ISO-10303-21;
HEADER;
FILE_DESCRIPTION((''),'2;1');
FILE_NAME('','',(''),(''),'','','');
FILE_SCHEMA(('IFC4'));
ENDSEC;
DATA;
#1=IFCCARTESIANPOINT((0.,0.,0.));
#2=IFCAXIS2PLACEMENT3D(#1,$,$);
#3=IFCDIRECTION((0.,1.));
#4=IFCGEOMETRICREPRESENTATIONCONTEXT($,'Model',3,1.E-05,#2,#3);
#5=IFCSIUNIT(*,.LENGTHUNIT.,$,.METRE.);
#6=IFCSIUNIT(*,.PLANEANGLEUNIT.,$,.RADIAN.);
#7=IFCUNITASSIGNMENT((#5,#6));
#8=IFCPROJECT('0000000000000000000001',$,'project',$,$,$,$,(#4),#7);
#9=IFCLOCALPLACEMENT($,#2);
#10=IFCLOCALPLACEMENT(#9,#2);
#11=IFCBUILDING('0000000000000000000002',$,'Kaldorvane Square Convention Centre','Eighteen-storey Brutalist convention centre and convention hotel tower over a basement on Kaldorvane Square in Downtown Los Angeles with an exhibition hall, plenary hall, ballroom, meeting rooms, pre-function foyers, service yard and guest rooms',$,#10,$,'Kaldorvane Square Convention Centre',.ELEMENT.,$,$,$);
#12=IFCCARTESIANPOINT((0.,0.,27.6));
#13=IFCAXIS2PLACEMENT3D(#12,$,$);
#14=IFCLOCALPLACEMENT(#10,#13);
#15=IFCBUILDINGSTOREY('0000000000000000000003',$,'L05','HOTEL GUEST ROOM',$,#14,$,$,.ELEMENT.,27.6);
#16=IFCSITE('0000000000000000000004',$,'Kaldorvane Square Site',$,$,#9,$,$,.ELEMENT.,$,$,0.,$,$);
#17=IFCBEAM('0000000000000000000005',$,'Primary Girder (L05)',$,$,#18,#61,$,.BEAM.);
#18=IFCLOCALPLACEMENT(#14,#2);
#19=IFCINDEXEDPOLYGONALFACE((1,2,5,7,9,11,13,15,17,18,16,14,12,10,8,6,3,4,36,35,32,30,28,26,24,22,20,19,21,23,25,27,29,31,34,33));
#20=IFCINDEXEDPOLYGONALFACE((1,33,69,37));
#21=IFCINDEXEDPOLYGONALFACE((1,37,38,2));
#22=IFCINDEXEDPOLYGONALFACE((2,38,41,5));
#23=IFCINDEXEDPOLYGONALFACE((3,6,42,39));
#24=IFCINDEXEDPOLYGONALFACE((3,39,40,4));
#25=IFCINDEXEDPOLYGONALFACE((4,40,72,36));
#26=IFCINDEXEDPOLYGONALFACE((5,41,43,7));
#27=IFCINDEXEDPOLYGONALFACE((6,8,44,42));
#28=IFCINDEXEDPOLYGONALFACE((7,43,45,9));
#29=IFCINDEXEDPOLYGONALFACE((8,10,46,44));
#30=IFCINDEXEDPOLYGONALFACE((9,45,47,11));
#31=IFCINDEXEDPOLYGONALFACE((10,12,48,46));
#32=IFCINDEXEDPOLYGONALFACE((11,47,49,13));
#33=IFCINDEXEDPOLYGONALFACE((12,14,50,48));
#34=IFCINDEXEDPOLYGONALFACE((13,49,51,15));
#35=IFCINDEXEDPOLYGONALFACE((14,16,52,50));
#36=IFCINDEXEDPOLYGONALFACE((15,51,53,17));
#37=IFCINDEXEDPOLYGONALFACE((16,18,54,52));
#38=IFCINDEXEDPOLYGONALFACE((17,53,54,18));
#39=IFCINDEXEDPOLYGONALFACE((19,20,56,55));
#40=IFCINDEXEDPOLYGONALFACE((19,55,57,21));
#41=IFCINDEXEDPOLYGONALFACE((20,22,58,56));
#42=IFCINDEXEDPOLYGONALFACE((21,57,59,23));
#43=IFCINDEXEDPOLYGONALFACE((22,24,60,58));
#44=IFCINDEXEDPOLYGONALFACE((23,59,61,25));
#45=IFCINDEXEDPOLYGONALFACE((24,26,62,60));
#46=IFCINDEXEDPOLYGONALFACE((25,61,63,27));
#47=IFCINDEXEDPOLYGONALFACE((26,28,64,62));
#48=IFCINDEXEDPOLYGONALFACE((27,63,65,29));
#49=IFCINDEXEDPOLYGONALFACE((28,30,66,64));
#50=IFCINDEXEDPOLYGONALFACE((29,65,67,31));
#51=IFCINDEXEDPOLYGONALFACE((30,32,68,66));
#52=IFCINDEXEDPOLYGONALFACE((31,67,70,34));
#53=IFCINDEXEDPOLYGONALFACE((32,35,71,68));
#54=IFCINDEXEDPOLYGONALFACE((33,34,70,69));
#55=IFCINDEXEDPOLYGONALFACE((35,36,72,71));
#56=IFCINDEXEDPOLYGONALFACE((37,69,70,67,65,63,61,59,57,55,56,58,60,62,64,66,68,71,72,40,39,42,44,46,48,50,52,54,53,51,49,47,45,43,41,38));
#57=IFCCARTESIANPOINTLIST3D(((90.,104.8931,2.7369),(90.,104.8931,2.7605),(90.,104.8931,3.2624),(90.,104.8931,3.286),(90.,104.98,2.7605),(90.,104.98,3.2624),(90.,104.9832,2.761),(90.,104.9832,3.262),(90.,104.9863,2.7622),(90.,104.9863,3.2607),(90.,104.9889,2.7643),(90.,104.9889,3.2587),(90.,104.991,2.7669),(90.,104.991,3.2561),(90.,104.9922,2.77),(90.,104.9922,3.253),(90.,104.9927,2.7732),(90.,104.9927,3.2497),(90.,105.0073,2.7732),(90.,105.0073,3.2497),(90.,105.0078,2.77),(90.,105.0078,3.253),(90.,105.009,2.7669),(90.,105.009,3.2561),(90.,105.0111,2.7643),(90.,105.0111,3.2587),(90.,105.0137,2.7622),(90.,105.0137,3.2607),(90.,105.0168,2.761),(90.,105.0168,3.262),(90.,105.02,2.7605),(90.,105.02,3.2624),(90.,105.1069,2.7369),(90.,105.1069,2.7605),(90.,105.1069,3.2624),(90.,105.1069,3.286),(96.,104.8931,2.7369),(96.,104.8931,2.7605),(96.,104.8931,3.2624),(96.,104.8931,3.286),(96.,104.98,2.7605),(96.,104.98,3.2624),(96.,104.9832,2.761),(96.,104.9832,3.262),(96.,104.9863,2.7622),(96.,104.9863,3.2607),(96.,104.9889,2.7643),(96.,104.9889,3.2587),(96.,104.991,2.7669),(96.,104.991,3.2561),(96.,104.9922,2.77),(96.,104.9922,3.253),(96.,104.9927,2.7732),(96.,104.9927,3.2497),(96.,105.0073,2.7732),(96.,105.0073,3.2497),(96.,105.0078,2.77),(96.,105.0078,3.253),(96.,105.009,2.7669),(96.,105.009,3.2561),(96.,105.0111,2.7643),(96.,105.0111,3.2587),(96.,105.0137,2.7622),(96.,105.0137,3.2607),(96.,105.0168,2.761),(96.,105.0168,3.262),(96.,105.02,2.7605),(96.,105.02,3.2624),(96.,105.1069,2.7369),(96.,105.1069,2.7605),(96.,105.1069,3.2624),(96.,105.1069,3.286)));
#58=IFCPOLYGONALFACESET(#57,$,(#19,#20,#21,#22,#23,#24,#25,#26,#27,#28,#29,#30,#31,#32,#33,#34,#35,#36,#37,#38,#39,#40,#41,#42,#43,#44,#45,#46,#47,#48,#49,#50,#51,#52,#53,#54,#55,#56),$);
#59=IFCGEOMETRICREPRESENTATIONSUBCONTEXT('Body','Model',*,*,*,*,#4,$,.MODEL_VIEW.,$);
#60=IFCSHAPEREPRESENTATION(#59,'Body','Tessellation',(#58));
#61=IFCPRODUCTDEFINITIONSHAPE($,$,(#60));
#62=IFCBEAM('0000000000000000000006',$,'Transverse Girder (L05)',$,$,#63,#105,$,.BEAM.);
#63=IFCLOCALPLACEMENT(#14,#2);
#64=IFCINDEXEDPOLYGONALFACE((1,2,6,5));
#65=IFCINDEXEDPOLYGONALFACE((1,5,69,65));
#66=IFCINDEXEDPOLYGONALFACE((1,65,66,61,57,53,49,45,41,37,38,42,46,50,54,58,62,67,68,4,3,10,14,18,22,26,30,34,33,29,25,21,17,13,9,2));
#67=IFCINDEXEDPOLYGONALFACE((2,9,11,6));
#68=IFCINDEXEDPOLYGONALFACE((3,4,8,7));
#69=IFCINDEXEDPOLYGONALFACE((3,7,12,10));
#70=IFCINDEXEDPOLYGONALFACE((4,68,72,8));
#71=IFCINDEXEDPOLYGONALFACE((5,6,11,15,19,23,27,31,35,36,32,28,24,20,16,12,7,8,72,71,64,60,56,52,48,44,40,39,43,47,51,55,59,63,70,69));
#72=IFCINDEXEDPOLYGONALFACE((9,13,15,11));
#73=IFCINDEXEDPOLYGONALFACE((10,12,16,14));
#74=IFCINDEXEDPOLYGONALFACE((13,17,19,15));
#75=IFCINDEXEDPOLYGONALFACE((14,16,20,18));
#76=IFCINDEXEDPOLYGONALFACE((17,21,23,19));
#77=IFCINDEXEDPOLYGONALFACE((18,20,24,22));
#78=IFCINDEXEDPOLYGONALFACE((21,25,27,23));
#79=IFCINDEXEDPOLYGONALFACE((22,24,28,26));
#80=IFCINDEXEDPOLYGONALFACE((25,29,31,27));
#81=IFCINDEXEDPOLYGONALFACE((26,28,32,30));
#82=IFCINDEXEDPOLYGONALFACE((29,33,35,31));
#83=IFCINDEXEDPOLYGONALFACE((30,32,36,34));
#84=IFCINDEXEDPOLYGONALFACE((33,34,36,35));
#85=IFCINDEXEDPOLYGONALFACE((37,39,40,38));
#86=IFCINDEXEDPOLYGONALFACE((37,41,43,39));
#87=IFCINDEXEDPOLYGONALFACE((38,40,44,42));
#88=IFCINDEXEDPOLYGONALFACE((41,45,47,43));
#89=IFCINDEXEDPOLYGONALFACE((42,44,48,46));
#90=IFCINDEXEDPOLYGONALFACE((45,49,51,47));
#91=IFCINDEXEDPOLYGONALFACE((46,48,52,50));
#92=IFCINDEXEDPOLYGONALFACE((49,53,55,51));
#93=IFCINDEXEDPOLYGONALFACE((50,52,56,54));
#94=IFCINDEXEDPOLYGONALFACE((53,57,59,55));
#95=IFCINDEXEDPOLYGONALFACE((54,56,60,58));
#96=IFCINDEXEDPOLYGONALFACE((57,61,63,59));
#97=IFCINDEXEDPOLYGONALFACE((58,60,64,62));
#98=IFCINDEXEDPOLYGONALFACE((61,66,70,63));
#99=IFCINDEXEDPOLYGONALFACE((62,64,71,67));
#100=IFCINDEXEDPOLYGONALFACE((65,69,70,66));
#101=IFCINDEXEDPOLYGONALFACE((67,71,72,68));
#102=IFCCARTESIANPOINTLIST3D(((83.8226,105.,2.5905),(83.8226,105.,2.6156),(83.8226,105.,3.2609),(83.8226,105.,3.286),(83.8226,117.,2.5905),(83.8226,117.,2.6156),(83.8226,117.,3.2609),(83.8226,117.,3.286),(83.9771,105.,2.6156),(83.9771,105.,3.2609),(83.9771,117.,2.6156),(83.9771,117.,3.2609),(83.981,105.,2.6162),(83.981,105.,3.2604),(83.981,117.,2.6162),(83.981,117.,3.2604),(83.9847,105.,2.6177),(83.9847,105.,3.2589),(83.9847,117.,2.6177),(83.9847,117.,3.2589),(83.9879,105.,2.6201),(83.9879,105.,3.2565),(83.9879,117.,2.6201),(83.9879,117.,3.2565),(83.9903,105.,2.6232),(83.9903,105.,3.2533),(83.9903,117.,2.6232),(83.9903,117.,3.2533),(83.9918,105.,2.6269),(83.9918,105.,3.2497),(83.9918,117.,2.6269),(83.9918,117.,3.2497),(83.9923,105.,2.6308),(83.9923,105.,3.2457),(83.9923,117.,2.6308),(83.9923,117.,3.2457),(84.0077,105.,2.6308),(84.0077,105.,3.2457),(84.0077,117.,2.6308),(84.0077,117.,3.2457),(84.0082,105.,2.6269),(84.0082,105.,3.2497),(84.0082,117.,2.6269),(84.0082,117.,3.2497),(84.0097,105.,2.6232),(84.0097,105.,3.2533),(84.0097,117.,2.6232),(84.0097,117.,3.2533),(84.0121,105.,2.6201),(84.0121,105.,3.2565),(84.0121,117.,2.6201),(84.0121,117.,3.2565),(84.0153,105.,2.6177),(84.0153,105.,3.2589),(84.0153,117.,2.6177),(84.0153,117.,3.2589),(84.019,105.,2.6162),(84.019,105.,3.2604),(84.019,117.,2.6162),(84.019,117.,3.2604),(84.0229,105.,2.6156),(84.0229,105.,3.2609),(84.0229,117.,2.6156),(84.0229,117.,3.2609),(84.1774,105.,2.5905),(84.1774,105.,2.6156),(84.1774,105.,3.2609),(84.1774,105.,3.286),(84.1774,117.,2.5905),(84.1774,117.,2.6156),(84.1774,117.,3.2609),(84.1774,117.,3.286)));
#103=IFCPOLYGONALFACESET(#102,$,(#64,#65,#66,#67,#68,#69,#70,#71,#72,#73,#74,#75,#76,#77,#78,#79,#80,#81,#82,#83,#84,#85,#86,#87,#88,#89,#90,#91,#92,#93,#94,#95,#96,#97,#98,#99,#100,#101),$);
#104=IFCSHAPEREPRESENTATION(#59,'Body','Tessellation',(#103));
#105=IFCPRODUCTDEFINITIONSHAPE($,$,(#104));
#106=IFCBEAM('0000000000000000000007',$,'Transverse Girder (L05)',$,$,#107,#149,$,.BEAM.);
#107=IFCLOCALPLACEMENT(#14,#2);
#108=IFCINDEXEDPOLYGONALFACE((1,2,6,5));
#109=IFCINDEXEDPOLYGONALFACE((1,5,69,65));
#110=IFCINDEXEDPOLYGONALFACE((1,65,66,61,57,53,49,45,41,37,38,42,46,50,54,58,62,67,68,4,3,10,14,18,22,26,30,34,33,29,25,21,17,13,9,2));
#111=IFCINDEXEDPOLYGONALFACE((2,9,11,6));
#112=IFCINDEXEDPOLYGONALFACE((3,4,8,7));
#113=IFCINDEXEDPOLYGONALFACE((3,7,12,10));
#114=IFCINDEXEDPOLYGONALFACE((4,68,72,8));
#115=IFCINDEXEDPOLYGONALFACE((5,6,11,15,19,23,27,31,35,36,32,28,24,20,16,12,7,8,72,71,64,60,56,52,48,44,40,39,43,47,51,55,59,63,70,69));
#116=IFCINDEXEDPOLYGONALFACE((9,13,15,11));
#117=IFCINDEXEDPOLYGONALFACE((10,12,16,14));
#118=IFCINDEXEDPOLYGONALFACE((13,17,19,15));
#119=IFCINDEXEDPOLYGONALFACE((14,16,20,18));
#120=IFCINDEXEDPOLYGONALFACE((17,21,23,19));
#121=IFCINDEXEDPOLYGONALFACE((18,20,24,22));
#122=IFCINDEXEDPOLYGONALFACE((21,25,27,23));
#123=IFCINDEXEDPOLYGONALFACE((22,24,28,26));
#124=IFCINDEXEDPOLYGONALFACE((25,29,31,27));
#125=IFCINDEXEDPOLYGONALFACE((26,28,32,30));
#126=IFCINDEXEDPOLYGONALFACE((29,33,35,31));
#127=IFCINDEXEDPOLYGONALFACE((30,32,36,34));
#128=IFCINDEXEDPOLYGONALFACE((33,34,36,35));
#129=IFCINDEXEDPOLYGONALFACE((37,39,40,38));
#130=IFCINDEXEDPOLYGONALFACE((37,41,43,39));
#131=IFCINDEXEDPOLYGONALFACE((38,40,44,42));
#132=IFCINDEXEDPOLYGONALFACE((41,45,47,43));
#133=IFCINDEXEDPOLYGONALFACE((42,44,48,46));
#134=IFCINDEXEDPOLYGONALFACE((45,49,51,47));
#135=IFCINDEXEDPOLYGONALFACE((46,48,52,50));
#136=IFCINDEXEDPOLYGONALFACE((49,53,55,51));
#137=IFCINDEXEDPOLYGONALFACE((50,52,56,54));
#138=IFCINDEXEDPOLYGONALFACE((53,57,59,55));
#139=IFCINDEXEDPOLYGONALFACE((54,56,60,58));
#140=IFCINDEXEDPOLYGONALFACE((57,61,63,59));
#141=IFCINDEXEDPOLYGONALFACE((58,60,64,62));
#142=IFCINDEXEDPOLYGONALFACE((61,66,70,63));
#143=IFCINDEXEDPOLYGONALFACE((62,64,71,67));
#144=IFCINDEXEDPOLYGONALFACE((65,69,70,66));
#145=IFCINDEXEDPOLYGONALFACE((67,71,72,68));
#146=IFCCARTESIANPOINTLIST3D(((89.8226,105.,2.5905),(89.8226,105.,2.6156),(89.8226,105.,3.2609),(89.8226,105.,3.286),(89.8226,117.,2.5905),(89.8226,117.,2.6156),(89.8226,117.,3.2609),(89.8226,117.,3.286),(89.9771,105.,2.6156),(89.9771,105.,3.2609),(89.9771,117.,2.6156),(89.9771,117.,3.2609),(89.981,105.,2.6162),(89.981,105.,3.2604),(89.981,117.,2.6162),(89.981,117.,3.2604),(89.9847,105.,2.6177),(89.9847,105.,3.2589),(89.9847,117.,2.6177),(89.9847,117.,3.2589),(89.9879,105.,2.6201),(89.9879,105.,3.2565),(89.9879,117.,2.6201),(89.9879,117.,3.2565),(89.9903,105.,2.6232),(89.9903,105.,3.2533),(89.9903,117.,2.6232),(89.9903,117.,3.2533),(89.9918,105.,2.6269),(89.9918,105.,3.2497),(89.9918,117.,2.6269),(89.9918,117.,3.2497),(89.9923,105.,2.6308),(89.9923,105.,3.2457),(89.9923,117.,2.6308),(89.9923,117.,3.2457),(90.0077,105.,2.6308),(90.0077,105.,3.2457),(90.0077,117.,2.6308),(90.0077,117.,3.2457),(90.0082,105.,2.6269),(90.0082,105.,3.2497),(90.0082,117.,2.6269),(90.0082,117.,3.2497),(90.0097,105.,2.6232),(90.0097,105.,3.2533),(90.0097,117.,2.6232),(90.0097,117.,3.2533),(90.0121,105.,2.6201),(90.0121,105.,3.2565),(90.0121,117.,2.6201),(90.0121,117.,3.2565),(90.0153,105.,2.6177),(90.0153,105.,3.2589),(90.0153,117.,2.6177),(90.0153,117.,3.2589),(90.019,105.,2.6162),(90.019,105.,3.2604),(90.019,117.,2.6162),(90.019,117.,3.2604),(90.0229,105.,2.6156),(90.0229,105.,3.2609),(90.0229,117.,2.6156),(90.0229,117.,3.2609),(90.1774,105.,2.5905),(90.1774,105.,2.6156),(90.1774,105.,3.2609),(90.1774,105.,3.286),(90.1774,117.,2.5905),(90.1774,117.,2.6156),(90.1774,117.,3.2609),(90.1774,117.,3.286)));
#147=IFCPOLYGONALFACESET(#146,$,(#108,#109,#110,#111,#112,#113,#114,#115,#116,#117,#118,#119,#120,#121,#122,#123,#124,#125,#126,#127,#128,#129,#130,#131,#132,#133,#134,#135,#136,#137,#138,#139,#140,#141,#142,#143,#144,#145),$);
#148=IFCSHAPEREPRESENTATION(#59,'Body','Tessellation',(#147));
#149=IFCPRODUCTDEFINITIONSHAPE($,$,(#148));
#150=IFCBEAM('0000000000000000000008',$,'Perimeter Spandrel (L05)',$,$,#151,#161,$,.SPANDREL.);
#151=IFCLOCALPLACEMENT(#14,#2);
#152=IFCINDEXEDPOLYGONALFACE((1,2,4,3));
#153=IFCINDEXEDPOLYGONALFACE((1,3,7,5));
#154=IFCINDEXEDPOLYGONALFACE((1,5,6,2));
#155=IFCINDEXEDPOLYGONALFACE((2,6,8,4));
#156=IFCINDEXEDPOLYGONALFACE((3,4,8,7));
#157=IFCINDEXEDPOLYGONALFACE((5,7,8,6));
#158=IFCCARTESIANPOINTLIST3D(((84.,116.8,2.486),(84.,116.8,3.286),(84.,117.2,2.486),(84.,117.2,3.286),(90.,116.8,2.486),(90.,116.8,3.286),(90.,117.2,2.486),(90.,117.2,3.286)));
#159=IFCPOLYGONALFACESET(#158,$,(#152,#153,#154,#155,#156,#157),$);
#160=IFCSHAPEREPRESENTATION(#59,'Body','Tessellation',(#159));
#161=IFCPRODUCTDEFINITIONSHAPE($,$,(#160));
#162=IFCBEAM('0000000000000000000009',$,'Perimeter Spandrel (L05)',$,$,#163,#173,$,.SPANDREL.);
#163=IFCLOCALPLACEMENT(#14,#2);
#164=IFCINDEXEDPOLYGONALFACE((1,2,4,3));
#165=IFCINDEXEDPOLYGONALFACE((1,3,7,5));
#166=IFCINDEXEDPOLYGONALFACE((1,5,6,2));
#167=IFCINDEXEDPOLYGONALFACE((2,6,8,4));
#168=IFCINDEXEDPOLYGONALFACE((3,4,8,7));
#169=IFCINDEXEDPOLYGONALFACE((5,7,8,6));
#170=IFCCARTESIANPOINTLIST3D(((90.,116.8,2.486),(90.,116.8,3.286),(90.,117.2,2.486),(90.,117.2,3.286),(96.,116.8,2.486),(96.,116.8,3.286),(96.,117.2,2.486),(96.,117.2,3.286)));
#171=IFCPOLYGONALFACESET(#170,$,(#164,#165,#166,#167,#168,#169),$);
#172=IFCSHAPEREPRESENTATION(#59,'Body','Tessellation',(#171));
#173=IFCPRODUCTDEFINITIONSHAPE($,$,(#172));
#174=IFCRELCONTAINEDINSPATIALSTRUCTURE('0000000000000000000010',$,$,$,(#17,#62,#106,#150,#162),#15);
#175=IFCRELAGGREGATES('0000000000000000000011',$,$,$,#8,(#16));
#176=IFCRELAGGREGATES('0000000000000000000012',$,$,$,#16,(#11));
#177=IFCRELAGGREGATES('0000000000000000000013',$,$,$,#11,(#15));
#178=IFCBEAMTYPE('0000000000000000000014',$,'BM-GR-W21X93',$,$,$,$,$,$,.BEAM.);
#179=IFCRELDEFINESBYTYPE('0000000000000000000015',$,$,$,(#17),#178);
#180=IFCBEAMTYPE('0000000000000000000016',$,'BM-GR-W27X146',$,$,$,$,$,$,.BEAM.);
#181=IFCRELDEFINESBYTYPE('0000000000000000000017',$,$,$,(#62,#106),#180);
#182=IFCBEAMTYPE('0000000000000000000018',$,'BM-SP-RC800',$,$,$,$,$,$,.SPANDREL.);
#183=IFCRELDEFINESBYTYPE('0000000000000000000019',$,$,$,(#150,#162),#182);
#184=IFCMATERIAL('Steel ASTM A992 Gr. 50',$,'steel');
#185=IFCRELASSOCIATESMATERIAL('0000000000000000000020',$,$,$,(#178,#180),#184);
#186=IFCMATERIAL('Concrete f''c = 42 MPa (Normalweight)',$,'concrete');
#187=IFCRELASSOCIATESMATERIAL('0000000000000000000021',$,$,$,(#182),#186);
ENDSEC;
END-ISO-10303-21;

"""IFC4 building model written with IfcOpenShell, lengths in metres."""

from ifc_helpers import new_model, si_unit, direction, frame, origin, origin_2d, place, context, subcontext, project, spatial, rectangle, i_section, extrude, material, material_profile, profile_set, type_object, element, save


model = new_model("IFC4")

# Units and contexts
model_context = context("Model", 3, precision=1e-05, world=origin(), true_north=direction((0.0, 1.0)))
body_context = subcontext(model_context, "Body", "Model", "MODEL_VIEW")
ifc_project = project(units=[si_unit("LENGTHUNIT", "METRE"), si_unit("PLANEANGLEUNIT", "RADIAN")], contexts=[model_context])

# Site, building, storey
site_placement = place(None, origin())
site = spatial("IfcSite", under=ifc_project, at=site_placement, Name="Kaldorvane Square Site", CompositionType="ELEMENT", RefElevation=0.0)
building_placement = place(site_placement, origin())
building = spatial("IfcBuilding", under=site, at=building_placement, Name="Kaldorvane Square Convention Centre", Description="Eighteen-storey Brutalist convention centre and convention hotel tower over a basement on Kaldorvane Square in Downtown Los Angeles with an exhibition hall, plenary hall, ballroom, meeting rooms, pre-function foyers, service yard and guest rooms", LongName="Kaldorvane Square Convention Centre", CompositionType="ELEMENT")
storey_placement = place(building_placement, frame((0.0, 0.0, 27.6)))
storey = spatial("IfcBuildingStorey", under=building, at=storey_placement, Name="L05", Description="HOTEL GUEST ROOM", CompositionType="ELEMENT", Elevation=27.6)

# Shared definitions
ifc_material_1 = material(Name="Steel ASTM A992 Gr. 50", Category="steel")

# Beams
ifc_material_profile_1 = material_profile(ifc_material_1, i_section(OverallWidth=0.2139, OverallDepth=0.5491, WebThickness=0.0147, FlangeThickness=0.0236, FilletRadius=0.0127, at=origin_2d()), Name="W21X93")
ifc_profile_set_1 = profile_set([ifc_material_profile_1], Name="Steel ASTM A992 Gr. 50")
beam_type_1 = type_object("IfcBeamType", Name="BM-GR-W21X93", PredefinedType="BEAM", material=ifc_profile_set_1)
for number, where, z_axis, x_axis, name in (
    (1, (90.0, 105.0, 3.0115), (1.0, 0.0, 0.0), (0.0, 1.0, 0.0), "Primary Girder (L05)"),
):
    element("IfcBeam", number, at=place(storey_placement, frame(where, z_axis=z_axis, x_axis=x_axis)), inside=storey, type_object=beam_type_1, Name=name, PredefinedType="BEAM", context=body_context, shape_type="SweptSolid", body=[
        extrude(i_section(OverallWidth=0.2139, OverallDepth=0.5491, WebThickness=0.0147, FlangeThickness=0.0236, FilletRadius=0.0127, at=origin_2d()), origin(), (0.0, 0.0, 1.0), 6.0),
    ])
ifc_material_profile_2 = material_profile(ifc_material_1, i_section(OverallWidth=0.3547, OverallDepth=0.6955, WebThickness=0.0154, FlangeThickness=0.0251, FilletRadius=0.0152, at=origin_2d()), Name="W27X146")
ifc_profile_set_2 = profile_set([ifc_material_profile_2], Name="Steel ASTM A992 Gr. 50")
beam_type_2 = type_object("IfcBeamType", Name="BM-GR-W27X146", PredefinedType="BEAM", material=ifc_profile_set_2)
for number, where, z_axis, x_axis, name in (
    (2, (84.0, 105.0, 2.9383), (0.0, 1.0, 0.0), (-1.0, 0.0, 0.0), "Transverse Girder (L05)"),
    (3, (90.0, 105.0, 2.9383), (0.0, 1.0, 0.0), (-1.0, 0.0, 0.0), "Transverse Girder (L05)"),
):
    element("IfcBeam", number, at=place(storey_placement, frame(where, z_axis=z_axis, x_axis=x_axis)), inside=storey, type_object=beam_type_2, Name=name, PredefinedType="BEAM", context=body_context, shape_type="SweptSolid", body=[
        extrude(i_section(OverallWidth=0.3547, OverallDepth=0.6955, WebThickness=0.0154, FlangeThickness=0.0251, FilletRadius=0.0152, at=origin_2d()), origin(), (0.0, 0.0, 1.0), 12.0),
    ])
ifc_material_2 = material(Name="Concrete f'c = 42 MPa (Normalweight)", Category="concrete")
ifc_material_profile_3 = material_profile(ifc_material_2, rectangle(XDim=0.4, YDim=0.8, at=origin_2d()), Name="RCSP800X400")
ifc_profile_set_3 = profile_set([ifc_material_profile_3], Name="Concrete f'c = 42 MPa (Normalweight)")
beam_type_3 = type_object("IfcBeamType", Name="BM-SP-RC800", PredefinedType="SPANDREL", material=ifc_profile_set_3)
for number, where, z_axis, x_axis, name in (
    (4, (84.0, 117.0, 2.886), (1.0, 0.0, 0.0), (0.0, 1.0, 0.0), "Perimeter Spandrel (L05)"),
    (5, (90.0, 117.0, 2.886), (1.0, 0.0, 0.0), (0.0, 1.0, 0.0), "Perimeter Spandrel (L05)"),
):
    element("IfcBeam", number, at=place(storey_placement, frame(where, z_axis=z_axis, x_axis=x_axis)), inside=storey, type_object=beam_type_3, Name=name, PredefinedType="SPANDREL", context=body_context, shape_type="SweptSolid", body=[
        extrude(rectangle(XDim=0.4, YDim=0.8, at=origin_2d()), origin(), (0.0, 0.0, 1.0), 6.0),
    ])

save(model, "model.ifc")
